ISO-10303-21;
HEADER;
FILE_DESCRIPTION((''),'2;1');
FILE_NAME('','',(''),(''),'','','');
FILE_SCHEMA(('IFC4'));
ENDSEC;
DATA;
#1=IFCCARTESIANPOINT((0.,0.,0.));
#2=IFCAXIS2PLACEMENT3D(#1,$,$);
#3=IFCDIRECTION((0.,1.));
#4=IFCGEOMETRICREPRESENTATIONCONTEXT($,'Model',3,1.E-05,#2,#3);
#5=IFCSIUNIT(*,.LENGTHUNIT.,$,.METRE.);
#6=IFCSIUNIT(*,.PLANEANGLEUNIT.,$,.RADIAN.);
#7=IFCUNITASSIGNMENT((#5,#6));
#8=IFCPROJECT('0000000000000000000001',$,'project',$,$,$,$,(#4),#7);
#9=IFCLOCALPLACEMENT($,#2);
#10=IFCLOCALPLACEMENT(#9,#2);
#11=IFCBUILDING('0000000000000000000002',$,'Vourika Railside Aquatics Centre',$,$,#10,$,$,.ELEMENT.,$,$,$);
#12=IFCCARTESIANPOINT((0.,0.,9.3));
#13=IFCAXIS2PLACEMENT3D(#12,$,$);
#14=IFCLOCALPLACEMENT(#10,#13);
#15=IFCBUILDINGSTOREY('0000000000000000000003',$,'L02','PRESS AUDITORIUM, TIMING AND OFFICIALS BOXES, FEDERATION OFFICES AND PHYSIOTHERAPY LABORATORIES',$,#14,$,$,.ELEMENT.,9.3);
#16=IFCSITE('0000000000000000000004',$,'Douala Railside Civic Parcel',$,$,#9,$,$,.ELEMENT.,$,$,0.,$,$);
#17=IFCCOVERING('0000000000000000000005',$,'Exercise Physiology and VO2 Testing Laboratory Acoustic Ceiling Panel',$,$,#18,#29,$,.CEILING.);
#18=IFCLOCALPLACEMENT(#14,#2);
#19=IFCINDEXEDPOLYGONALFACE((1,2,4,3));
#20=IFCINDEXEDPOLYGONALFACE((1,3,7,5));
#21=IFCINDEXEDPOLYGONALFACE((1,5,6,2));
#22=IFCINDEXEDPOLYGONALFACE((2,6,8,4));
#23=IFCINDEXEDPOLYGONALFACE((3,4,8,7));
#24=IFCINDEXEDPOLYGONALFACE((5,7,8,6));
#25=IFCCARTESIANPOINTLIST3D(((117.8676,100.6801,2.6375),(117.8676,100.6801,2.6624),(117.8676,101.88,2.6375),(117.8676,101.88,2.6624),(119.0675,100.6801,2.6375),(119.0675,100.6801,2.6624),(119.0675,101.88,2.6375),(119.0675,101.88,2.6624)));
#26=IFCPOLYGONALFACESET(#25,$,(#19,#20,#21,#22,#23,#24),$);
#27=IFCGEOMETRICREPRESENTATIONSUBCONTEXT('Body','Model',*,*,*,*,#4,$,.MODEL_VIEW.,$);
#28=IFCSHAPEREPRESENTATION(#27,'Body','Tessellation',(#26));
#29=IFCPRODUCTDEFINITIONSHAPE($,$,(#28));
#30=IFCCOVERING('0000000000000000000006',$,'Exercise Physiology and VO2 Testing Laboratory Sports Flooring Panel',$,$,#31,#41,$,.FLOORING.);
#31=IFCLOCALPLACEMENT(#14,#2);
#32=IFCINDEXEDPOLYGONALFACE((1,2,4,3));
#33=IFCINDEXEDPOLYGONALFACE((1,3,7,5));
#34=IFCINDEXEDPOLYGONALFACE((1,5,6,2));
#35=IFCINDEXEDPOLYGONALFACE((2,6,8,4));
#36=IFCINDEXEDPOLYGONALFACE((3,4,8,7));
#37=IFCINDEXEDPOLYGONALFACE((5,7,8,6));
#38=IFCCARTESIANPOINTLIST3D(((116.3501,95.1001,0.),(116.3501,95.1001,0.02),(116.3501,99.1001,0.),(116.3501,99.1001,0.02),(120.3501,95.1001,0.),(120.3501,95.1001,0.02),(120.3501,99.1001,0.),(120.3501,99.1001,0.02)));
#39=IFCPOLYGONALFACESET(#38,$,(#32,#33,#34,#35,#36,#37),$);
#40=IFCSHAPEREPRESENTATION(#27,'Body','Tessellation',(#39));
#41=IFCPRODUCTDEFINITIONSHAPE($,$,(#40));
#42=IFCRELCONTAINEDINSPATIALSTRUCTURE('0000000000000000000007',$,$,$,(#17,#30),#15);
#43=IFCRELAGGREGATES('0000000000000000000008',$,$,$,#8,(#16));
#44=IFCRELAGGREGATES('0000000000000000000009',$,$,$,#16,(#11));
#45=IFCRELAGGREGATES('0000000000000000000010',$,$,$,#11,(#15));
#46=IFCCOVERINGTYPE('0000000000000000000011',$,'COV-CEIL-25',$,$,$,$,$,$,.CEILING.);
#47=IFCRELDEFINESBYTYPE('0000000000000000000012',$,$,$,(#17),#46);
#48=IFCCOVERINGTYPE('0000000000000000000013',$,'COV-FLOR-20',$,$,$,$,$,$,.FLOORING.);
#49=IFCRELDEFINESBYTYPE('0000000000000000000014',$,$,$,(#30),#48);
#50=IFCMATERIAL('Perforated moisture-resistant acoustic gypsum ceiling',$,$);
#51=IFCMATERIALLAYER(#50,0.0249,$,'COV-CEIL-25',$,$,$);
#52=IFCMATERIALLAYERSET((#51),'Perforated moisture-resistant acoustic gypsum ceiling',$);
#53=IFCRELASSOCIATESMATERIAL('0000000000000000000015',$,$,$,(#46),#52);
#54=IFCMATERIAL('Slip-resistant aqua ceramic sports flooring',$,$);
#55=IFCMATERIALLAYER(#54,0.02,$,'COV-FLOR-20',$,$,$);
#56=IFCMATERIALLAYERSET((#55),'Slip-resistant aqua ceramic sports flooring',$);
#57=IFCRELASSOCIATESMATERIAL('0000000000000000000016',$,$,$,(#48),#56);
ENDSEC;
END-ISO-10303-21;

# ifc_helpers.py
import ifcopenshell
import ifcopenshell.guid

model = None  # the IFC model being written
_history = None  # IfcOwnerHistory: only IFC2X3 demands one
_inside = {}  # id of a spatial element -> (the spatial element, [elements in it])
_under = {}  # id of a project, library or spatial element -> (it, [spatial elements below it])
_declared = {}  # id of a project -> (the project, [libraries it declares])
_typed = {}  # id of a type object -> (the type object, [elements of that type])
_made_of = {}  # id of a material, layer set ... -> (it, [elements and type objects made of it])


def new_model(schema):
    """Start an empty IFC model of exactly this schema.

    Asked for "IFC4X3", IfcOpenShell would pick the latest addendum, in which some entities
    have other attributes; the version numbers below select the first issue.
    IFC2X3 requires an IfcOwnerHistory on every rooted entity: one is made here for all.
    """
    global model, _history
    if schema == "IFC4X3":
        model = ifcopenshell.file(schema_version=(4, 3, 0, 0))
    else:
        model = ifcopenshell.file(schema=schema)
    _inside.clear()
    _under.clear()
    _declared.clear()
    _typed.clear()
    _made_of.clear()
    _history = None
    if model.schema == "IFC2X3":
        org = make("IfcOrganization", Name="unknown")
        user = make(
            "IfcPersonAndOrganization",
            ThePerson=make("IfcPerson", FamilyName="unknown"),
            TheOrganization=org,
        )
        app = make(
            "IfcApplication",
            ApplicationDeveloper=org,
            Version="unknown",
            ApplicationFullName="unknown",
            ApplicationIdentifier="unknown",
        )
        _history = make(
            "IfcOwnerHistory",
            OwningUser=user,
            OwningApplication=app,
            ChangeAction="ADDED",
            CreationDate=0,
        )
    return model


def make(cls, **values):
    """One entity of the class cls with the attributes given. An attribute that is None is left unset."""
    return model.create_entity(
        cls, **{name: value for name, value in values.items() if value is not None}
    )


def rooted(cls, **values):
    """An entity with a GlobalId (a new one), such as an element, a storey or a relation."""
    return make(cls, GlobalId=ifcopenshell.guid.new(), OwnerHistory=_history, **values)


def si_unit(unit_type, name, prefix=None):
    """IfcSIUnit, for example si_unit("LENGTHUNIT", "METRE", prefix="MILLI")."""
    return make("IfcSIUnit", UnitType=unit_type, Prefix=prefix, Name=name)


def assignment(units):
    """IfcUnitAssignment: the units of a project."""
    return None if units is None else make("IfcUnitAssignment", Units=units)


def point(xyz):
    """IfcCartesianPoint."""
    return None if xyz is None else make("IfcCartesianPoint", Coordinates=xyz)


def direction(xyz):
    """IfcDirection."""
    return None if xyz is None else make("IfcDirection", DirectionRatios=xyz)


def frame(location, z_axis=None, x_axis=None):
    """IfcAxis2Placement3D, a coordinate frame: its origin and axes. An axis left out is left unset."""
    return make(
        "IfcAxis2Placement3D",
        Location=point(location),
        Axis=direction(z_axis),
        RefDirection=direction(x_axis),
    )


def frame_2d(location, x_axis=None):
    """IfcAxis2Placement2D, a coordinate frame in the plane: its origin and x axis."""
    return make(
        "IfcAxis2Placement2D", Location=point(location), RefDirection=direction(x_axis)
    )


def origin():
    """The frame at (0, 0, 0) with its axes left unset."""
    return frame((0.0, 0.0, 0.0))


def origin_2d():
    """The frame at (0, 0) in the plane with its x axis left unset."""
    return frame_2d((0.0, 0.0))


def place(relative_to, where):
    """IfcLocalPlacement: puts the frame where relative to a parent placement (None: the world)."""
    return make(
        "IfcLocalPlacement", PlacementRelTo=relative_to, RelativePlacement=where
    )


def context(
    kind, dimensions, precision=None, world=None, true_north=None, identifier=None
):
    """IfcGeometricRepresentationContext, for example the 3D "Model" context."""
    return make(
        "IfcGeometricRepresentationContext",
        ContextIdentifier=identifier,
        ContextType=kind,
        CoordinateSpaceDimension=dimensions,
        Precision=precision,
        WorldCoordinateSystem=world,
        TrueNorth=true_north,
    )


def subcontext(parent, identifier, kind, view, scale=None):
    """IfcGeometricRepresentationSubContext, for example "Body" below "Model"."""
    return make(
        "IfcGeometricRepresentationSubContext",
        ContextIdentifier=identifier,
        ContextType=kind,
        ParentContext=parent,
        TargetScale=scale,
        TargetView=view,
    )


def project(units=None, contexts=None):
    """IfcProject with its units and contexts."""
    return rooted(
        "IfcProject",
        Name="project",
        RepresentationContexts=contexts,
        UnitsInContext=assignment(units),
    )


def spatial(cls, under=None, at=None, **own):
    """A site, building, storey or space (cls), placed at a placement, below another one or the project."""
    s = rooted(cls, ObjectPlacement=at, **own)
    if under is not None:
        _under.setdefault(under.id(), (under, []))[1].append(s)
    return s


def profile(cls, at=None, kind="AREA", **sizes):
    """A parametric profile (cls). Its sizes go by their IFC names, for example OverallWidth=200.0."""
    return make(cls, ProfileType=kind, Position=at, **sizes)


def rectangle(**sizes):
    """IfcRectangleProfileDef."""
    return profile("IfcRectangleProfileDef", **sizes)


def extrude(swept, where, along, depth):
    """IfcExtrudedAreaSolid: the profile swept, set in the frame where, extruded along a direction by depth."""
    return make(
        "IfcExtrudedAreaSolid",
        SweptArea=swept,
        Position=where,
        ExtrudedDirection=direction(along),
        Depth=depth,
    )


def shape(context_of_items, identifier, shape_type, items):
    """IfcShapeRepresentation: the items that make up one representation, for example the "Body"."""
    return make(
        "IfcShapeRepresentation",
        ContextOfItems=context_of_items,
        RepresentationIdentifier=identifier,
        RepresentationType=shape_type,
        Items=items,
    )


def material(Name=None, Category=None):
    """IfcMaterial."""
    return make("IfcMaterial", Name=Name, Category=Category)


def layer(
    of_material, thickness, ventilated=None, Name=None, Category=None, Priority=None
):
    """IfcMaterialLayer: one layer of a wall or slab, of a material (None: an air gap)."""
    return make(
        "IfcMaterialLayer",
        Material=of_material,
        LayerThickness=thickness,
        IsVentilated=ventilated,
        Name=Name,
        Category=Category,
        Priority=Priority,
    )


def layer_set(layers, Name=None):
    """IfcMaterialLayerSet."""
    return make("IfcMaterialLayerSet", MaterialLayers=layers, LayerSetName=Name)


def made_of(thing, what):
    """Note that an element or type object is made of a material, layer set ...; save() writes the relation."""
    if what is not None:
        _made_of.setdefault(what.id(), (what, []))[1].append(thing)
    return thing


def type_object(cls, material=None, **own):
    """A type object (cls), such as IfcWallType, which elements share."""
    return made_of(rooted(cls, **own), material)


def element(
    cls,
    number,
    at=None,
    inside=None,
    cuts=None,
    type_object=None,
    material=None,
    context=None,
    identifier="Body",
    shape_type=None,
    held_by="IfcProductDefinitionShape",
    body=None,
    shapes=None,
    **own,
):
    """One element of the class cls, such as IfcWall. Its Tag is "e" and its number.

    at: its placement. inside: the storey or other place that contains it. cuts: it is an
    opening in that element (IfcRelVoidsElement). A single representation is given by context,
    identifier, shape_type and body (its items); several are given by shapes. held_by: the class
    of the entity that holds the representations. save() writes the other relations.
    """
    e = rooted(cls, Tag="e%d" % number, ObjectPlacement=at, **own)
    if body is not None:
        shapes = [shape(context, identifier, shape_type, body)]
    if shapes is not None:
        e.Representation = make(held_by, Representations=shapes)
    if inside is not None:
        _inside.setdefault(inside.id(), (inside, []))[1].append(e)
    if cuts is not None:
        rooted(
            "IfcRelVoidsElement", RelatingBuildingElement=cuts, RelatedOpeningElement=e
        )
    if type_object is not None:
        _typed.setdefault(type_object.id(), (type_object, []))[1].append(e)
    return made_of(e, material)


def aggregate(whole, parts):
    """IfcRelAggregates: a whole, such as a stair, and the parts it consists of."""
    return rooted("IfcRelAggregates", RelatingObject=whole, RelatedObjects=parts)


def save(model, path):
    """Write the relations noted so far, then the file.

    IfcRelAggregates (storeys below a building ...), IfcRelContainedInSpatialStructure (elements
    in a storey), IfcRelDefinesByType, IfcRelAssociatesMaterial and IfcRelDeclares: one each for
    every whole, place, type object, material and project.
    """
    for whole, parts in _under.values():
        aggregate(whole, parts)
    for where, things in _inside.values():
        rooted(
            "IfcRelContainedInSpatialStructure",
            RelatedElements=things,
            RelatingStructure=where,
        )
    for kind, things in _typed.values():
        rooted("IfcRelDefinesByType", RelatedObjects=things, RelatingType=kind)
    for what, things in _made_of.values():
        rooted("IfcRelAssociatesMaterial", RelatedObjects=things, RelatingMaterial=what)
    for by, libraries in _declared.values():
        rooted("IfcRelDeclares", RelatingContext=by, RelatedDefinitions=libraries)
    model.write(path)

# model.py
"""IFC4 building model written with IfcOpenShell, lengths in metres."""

from ifc_helpers import new_model, si_unit, direction, frame, origin, origin_2d, place, context, subcontext, project, spatial, rectangle, extrude, material, layer, layer_set, type_object, element, save


model = new_model("IFC4")

# Units and contexts
model_context = context("Model", 3, precision=1e-05, world=origin(), true_north=direction((0.0, 1.0)))
body_context = subcontext(model_context, "Body", "Model", "MODEL_VIEW")
ifc_project = project(units=[si_unit("LENGTHUNIT", "METRE"), si_unit("PLANEANGLEUNIT", "RADIAN")], contexts=[model_context])

# Site, building, storey
site_placement = place(None, origin())
site = spatial("IfcSite", under=ifc_project, at=site_placement, Name="Douala Railside Civic Parcel", CompositionType="ELEMENT", RefElevation=0.0)
building_placement = place(site_placement, origin())
building = spatial("IfcBuilding", under=site, at=building_placement, Name="Vourika Railside Aquatics Centre", CompositionType="ELEMENT")
storey_placement = place(building_placement, frame((0.0, 0.0, 9.3)))
storey = spatial("IfcBuildingStorey", under=building, at=storey_placement, Name="L02", Description="PRESS AUDITORIUM, TIMING AND OFFICIALS BOXES, FEDERATION OFFICES AND PHYSIOTHERAPY LABORATORIES", CompositionType="ELEMENT", Elevation=9.3)

# Coverings
ifc_material_1 = material(Name="Perforated moisture-resistant acoustic gypsum ceiling")
ifc_layer_1 = layer(ifc_material_1, 0.0249, Name="COV-CEIL-25")
ifc_layer_set_1 = layer_set([ifc_layer_1], Name="Perforated moisture-resistant acoustic gypsum ceiling")
covering_type_1 = type_object("IfcCoveringType", Name="COV-CEIL-25", PredefinedType="CEILING", material=ifc_layer_set_1)
covering_1_placement = place(storey_placement, frame((118.4675, 101.28, 2.6375), z_axis=(0.0, 0.0, 1.0), x_axis=(1.0, 0.0, 0.0)))
element("IfcCovering", 1, at=covering_1_placement, inside=storey, type_object=covering_type_1, Name="Exercise Physiology and VO2 Testing Laboratory Acoustic Ceiling Panel", PredefinedType="CEILING", context=body_context, shape_type="SweptSolid", body=[
    extrude(rectangle(XDim=1.2, YDim=1.2, at=origin_2d()), origin(), (0.0, 0.0, 1.0), 0.0249),
])
ifc_material_2 = material(Name="Slip-resistant aqua ceramic sports flooring")
ifc_layer_2 = layer(ifc_material_2, 0.02, Name="COV-FLOR-20")
ifc_layer_set_2 = layer_set([ifc_layer_2], Name="Slip-resistant aqua ceramic sports flooring")
covering_type_2 = type_object("IfcCoveringType", Name="COV-FLOR-20", PredefinedType="FLOORING", material=ifc_layer_set_2)
covering_2_placement = place(storey_placement, frame((118.3501, 97.1001, 0.0), z_axis=(0.0, 0.0, 1.0), x_axis=(1.0, 0.0, 0.0)))
element("IfcCovering", 2, at=covering_2_placement, inside=storey, type_object=covering_type_2, Name="Exercise Physiology and VO2 Testing Laboratory Sports Flooring Panel", PredefinedType="FLOORING", context=body_context, shape_type="SweptSolid", body=[
    extrude(rectangle(XDim=4.0, YDim=4.0, at=origin_2d()), origin(), (0.0, 0.0, 1.0), 0.02),
])

save(model, "model.ifc")
